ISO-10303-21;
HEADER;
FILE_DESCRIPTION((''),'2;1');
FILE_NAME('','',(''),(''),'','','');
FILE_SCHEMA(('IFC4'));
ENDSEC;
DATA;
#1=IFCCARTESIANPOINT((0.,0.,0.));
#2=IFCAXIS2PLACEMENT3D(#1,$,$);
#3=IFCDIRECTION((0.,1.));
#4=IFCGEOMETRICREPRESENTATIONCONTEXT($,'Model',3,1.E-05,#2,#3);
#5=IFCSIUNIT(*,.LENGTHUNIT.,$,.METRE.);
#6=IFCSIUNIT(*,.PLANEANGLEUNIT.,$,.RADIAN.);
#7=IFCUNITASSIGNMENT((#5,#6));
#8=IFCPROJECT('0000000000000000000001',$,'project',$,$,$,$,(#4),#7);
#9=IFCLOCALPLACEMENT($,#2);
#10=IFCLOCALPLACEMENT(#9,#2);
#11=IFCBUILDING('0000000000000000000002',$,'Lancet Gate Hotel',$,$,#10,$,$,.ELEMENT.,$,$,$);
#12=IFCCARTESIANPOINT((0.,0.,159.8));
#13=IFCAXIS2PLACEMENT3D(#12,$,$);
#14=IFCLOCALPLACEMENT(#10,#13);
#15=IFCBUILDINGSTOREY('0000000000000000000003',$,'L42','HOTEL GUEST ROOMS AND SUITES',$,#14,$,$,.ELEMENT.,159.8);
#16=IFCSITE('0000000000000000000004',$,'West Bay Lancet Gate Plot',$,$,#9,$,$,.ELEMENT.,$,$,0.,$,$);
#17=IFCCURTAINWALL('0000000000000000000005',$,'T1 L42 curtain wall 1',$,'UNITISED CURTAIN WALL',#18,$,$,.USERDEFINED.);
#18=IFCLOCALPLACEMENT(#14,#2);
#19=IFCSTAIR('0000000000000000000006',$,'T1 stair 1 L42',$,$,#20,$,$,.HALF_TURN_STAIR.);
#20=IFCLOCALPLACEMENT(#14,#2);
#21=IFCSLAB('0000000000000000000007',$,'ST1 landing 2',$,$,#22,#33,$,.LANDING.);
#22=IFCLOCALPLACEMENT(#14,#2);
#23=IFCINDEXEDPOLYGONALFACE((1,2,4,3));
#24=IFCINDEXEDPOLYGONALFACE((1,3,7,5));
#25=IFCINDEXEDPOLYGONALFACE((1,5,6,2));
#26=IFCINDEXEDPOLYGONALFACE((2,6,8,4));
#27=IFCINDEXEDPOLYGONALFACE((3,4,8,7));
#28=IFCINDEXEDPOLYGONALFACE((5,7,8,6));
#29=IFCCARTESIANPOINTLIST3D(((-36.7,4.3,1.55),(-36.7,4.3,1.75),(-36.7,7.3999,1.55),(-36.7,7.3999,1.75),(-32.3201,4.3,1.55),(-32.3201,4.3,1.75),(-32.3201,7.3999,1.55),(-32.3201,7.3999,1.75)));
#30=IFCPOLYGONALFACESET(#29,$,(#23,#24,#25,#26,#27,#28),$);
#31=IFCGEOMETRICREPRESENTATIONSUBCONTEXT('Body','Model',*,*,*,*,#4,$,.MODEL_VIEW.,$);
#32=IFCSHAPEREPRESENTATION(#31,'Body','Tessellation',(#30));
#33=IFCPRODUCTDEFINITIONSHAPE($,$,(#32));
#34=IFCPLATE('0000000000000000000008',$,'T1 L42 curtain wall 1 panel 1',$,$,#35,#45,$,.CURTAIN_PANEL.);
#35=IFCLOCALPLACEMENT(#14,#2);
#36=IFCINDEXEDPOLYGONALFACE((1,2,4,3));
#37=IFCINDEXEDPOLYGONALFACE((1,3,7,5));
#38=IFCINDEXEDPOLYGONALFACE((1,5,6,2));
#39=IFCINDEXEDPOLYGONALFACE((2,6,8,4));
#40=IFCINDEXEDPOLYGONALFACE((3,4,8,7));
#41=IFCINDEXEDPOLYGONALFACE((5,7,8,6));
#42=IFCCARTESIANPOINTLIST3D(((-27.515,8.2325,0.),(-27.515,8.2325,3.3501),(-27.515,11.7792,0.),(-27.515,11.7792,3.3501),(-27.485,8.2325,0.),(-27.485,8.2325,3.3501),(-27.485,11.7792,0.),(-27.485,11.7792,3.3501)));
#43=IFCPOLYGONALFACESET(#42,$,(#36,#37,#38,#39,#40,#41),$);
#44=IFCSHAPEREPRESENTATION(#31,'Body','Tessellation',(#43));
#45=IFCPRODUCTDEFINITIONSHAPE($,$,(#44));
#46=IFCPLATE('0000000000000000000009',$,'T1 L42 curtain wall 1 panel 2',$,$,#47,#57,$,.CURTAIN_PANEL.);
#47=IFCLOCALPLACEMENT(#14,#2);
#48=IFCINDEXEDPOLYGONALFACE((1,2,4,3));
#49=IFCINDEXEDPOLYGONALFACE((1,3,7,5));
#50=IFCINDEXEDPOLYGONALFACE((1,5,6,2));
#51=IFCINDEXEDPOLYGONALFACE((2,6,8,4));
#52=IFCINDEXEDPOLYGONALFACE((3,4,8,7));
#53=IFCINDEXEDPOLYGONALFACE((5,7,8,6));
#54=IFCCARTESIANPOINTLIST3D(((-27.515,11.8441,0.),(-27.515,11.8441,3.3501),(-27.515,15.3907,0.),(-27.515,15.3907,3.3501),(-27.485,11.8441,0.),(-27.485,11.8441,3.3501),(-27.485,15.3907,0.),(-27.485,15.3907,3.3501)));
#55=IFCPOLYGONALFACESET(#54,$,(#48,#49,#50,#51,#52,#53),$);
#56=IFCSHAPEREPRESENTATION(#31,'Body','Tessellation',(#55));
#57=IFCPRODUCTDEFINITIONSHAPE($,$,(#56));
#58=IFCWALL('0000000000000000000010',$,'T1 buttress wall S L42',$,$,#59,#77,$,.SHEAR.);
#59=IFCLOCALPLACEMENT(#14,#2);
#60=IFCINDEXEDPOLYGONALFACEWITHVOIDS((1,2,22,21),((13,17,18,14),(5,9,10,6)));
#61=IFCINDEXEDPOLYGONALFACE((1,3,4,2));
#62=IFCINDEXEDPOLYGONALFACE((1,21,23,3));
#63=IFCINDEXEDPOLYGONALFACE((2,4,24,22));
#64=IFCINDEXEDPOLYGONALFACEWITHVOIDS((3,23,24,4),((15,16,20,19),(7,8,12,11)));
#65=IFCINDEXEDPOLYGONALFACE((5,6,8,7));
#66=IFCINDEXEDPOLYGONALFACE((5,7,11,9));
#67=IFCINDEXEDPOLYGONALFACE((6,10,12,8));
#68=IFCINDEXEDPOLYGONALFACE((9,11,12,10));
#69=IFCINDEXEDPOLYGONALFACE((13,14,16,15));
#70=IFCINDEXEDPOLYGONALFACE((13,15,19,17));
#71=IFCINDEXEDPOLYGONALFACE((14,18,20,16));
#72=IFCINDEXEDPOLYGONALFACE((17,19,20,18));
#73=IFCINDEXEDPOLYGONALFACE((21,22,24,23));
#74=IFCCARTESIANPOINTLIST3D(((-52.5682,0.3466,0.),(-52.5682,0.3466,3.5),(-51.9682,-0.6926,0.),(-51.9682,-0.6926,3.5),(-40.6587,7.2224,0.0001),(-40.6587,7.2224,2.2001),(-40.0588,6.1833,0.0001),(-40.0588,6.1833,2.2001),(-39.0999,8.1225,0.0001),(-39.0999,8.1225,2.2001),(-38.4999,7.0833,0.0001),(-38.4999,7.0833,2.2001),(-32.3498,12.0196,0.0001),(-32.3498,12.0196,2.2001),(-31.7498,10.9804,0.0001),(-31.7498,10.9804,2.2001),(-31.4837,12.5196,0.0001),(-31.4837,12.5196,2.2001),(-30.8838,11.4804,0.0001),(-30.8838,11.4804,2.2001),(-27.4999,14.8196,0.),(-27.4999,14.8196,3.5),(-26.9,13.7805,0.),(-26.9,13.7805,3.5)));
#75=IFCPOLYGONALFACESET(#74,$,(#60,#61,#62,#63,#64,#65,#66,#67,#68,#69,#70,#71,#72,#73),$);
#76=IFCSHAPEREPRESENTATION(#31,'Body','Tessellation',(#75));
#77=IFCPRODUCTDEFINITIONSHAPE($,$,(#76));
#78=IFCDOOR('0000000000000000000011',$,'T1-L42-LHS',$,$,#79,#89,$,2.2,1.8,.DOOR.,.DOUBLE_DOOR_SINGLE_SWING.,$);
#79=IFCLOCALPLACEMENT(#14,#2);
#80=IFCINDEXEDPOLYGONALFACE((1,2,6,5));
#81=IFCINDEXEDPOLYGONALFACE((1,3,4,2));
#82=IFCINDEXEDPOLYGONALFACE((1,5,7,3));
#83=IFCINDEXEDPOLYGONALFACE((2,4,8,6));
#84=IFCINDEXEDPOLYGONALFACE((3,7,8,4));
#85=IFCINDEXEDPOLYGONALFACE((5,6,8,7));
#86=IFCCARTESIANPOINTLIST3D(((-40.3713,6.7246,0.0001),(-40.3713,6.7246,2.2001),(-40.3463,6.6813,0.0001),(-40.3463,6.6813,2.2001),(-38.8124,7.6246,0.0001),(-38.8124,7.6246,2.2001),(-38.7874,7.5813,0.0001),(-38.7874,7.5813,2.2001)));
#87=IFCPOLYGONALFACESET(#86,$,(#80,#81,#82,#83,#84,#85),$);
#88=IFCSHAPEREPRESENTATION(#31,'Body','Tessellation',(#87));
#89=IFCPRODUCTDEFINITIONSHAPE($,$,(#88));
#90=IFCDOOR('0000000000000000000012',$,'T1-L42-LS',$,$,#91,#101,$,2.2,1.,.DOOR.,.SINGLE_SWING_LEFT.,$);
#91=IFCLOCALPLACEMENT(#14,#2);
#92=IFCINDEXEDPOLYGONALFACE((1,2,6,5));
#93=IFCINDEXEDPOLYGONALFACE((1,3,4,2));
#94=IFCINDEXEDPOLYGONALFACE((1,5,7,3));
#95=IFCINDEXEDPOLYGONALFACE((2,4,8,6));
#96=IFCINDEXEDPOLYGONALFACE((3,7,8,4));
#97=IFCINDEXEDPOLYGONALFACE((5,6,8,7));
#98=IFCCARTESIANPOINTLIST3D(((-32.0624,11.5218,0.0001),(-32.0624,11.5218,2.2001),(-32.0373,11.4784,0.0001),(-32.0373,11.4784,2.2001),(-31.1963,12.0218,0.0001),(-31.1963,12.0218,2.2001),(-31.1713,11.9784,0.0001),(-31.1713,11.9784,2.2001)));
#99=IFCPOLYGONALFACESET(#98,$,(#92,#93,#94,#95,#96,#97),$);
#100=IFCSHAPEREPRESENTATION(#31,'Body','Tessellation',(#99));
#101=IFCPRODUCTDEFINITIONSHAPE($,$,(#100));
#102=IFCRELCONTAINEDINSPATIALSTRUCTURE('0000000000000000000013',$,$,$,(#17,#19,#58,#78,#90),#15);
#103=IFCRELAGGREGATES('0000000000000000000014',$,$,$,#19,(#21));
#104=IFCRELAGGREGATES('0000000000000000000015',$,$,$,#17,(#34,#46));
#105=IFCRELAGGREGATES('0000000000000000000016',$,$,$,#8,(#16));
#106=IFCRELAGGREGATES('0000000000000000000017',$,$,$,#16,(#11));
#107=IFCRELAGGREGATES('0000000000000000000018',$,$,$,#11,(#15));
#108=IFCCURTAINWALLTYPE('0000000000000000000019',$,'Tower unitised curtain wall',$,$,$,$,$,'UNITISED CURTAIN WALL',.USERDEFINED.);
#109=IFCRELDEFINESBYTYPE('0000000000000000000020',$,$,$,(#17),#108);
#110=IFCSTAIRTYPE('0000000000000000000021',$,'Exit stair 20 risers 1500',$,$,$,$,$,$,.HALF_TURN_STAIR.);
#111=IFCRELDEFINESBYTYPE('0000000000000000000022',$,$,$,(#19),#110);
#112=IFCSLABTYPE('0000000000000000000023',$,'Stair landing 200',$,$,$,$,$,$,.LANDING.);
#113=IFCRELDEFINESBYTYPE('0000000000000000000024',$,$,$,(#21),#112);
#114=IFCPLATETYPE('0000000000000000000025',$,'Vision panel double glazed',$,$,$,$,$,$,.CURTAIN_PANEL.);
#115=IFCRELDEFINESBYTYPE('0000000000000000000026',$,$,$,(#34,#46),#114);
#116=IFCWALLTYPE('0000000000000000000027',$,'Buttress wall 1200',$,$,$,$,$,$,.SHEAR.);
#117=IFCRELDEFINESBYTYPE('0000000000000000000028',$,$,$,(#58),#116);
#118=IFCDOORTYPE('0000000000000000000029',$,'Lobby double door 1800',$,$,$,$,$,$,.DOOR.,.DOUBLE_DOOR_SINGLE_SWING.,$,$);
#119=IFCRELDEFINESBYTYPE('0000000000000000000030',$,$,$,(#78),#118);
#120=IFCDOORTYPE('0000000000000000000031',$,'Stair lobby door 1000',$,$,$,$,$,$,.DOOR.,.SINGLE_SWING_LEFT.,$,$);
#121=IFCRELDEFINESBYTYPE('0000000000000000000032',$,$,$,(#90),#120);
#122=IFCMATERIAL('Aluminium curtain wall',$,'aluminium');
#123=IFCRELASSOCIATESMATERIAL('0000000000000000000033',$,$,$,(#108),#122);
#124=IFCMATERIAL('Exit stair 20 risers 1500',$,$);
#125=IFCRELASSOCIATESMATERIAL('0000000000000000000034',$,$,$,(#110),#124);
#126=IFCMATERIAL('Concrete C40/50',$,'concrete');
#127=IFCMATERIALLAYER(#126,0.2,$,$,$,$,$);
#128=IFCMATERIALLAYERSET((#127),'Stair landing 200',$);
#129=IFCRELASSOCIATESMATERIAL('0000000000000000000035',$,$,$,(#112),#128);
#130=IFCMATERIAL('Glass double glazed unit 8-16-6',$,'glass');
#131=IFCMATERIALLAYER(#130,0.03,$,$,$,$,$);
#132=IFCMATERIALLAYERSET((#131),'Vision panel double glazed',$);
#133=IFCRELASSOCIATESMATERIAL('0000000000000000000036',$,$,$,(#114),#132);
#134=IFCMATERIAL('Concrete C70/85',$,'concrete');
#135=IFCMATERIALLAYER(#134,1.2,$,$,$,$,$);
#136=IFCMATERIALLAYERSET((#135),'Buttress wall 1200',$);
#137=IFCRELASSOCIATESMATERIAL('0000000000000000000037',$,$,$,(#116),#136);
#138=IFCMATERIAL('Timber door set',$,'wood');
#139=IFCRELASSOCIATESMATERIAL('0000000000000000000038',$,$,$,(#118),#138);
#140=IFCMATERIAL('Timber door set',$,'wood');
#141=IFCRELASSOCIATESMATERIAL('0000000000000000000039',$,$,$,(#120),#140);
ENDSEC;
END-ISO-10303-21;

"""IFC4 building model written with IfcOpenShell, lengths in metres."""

from ifc_helpers import new_model, si_unit, direction, frame, frame_2d, origin, origin_2d, place, context, subcontext, project, spatial, polyline, rectangle, outline, extrude, material, layer, layer_set, type_object, element, fill, aggregate, save


model = new_model("IFC4")

# Units and contexts
model_context = context("Model", 3, precision=1e-05, world=origin(), true_north=direction((0.0, 1.0)))
body_context = subcontext(model_context, "Body", "Model", "MODEL_VIEW")
ifc_project = project(units=[si_unit("LENGTHUNIT", "METRE"), si_unit("PLANEANGLEUNIT", "RADIAN")], contexts=[model_context])

# Site, building, storey
site_placement = place(None, origin())
site = spatial("IfcSite", under=ifc_project, at=site_placement, Name="West Bay Lancet Gate Plot", CompositionType="ELEMENT", RefElevation=0.0)
building_placement = place(site_placement, origin())
building = spatial("IfcBuilding", under=site, at=building_placement, Name="Lancet Gate Hotel", CompositionType="ELEMENT")
storey_placement = place(building_placement, frame((0.0, 0.0, 159.8)))
storey = spatial("IfcBuildingStorey", under=building, at=storey_placement, Name="L42", Description="HOTEL GUEST ROOMS AND SUITES", CompositionType="ELEMENT", Elevation=159.8)

# Curtain wall
ifc_material_1 = material(Name="Aluminium curtain wall", Category="aluminium")
curtain_wall_type = type_object("IfcCurtainWallType", Name="Tower unitised curtain wall", ElementType="UNITISED CURTAIN WALL", PredefinedType="USERDEFINED", material=ifc_material_1)
curtain_wall_placement = place(storey_placement, origin())
curtain_wall = element("IfcCurtainWall", 1, at=curtain_wall_placement, inside=storey, type_object=curtain_wall_type, Name="T1 L42 curtain wall 1", ObjectType="UNITISED CURTAIN WALL", PredefinedType="USERDEFINED")

# Stair, slab
ifc_material_2 = material(Name="Exit stair 20 risers 1500")
stair_type = type_object("IfcStairType", Name="Exit stair 20 risers 1500", PredefinedType="HALF_TURN_STAIR", material=ifc_material_2)
stair_placement = place(storey_placement, origin())
stair = element("IfcStair", 2, at=stair_placement, inside=storey, type_object=stair_type, Name="T1 stair 1 L42", PredefinedType="HALF_TURN_STAIR")
ifc_material_3 = material(Name="Concrete C40/50", Category="concrete")
ifc_layer_1 = layer(ifc_material_3, 0.2)
ifc_layer_set_1 = layer_set([ifc_layer_1], Name="Stair landing 200")
slab_type_1 = type_object("IfcSlabType", Name="Stair landing 200", PredefinedType="LANDING", material=ifc_layer_set_1)
slab_1_placement = place(storey_placement, frame((0.0, 0.0, 1.55)))
slab_1 = element("IfcSlab", 3, at=slab_1_placement, type_object=slab_type_1, Name="ST1 landing 2", PredefinedType="LANDING", context=body_context, shape_type="SweptSolid", body=[
    extrude(outline(polyline([(-32.3201, 7.3999), (-36.7, 7.3999), (-36.7, 4.3), (-32.3201, 4.3), (-32.3201, 7.3999)])), origin(), (0.0, 0.0, 1.0), 0.2),
])
aggregate(stair, [slab_1])

# Plates
ifc_material_4 = material(Name="Glass double glazed unit 8-16-6", Category="glass")
ifc_layer_2 = layer(ifc_material_4, 0.03)
ifc_layer_set_2 = layer_set([ifc_layer_2], Name="Vision panel double glazed")
plate_type = type_object("IfcPlateType", Name="Vision panel double glazed", PredefinedType="CURTAIN_PANEL", material=ifc_layer_set_2)
plate_1_placement = place(storey_placement, frame((-27.5, 10.0059, 0.0), z_axis=(0.0, 0.0, 1.0), x_axis=(0.0, 1.0, 0.0)))
plate_1 = element("IfcPlate", 4, at=plate_1_placement, type_object=plate_type, Name="T1 L42 curtain wall 1 panel 1", PredefinedType="CURTAIN_PANEL", context=body_context, shape_type="SweptSolid", body=[
    extrude(rectangle(XDim=3.5466, YDim=0.03, at=origin_2d()), origin(), (0.0, 0.0, 1.0), 3.3501),
])
plate_2_placement = place(storey_placement, frame((-27.5, 13.6174, 0.0), z_axis=(0.0, 0.0, 1.0), x_axis=(0.0, 1.0, 0.0)))
plate_2 = element("IfcPlate", 5, at=plate_2_placement, type_object=plate_type, Name="T1 L42 curtain wall 1 panel 2", PredefinedType="CURTAIN_PANEL", context=body_context, shape_type="SweptSolid", body=[
    extrude(rectangle(XDim=3.5466, YDim=0.03, at=origin_2d()), origin(), (0.0, 0.0, 1.0), 3.3501),
])
aggregate(curtain_wall, [plate_1, plate_2])

# Wall, openings, doors
ifc_material_5 = material(Name="Concrete C70/85", Category="concrete")
ifc_layer_3 = layer(ifc_material_5, 1.2)
ifc_layer_set_3 = layer_set([ifc_layer_3], Name="Buttress wall 1200")
wall_type = type_object("IfcWallType", Name="Buttress wall 1200", PredefinedType="SHEAR", material=ifc_layer_set_3)
wall_placement = place(storey_placement, frame((-27.2, 14.3, 0.0), z_axis=(0.0, 0.0, 1.0), x_axis=(-0.866027, -0.499998, 0.0)))
wall = element("IfcWall", 6, at=wall_placement, inside=storey, type_object=wall_type, Name="T1 buttress wall S L42", PredefinedType="SHEAR", context=body_context, shape_type="SweptSolid", body=[
    extrude(rectangle(XDim=28.9463, YDim=1.2, at=frame_2d((14.4731, 0.0))), origin(), (0.0, 0.0, 1.0), 3.5),
])
opening_1_placement = place(wall_placement, frame((4.6001, 0.0, 0.0)))
opening_1 = element("IfcOpeningElement", 7, at=opening_1_placement, cuts=wall, PredefinedType="OPENING", context=body_context, shape_type="SweptSolid", body=[
    extrude(rectangle(XDim=1.0, YDim=2.2, at=frame_2d((0.5, 1.1001))), frame((0.0, 0.6099, 0.0), z_axis=(0.0, -1.0, 0.0), x_axis=(1.0, 0.0, 0.0)), (0.0, 0.0, 1.0), 1.22),
])
opening_2_placement = place(wall_placement, frame((13.3945, 0.0, 0.0)))
opening_2 = element("IfcOpeningElement", 8, at=opening_2_placement, cuts=wall, PredefinedType="OPENING", context=body_context, shape_type="SweptSolid", body=[
    extrude(rectangle(XDim=1.8, YDim=2.2, at=frame_2d((0.8999, 1.1001))), frame((0.0, 0.6099, 0.0), z_axis=(0.0, -1.0, 0.0), x_axis=(1.0, 0.0, 0.0)), (0.0, 0.0, 1.0), 1.22),
])
ifc_material_6 = material(Name="Timber door set", Category="wood")
door_type_1 = type_object("IfcDoorType", Name="Lobby double door 1800", OperationType="DOUBLE_DOOR_SINGLE_SWING", PredefinedType="DOOR", material=ifc_material_6)
door_1_placement = place(opening_2_placement, origin())
door_1 = element("IfcDoor", 9, at=door_1_placement, inside=storey, type_object=door_type_1, Name="T1-L42-LHS", OperationType="DOUBLE_DOOR_SINGLE_SWING", OverallHeight=2.2, OverallWidth=1.8, PredefinedType="DOOR", context=body_context, shape_type="SweptSolid", body=[
    extrude(rectangle(XDim=1.8, YDim=2.2, at=frame_2d((0.8999, 1.1001))), frame((0.0, 0.0249, 0.0), z_axis=(0.0, -1.0, 0.0), x_axis=(1.0, 0.0, 0.0)), (0.0, 0.0, 1.0), 0.05),
])
fill(opening_2, door_1)
ifc_material_7 = material(Name="Timber door set", Category="wood")
door_type_2 = type_object("IfcDoorType", Name="Stair lobby door 1000", OperationType="SINGLE_SWING_LEFT", PredefinedType="DOOR", material=ifc_material_7)
door_2_placement = place(opening_1_placement, origin())
door_2 = element("IfcDoor", 10, at=door_2_placement, inside=storey, type_object=door_type_2, Name="T1-L42-LS", OperationType="SINGLE_SWING_LEFT", OverallHeight=2.2, OverallWidth=1.0, PredefinedType="DOOR", context=body_context, shape_type="SweptSolid", body=[
    extrude(rectangle(XDim=1.0, YDim=2.2, at=frame_2d((0.5, 1.1001))), frame((0.0, 0.0249, 0.0), z_axis=(0.0, -1.0, 0.0), x_axis=(1.0, 0.0, 0.0)), (0.0, 0.0, 1.0), 0.05),
])
fill(opening_1, door_2)

save(model, "model.ifc")
